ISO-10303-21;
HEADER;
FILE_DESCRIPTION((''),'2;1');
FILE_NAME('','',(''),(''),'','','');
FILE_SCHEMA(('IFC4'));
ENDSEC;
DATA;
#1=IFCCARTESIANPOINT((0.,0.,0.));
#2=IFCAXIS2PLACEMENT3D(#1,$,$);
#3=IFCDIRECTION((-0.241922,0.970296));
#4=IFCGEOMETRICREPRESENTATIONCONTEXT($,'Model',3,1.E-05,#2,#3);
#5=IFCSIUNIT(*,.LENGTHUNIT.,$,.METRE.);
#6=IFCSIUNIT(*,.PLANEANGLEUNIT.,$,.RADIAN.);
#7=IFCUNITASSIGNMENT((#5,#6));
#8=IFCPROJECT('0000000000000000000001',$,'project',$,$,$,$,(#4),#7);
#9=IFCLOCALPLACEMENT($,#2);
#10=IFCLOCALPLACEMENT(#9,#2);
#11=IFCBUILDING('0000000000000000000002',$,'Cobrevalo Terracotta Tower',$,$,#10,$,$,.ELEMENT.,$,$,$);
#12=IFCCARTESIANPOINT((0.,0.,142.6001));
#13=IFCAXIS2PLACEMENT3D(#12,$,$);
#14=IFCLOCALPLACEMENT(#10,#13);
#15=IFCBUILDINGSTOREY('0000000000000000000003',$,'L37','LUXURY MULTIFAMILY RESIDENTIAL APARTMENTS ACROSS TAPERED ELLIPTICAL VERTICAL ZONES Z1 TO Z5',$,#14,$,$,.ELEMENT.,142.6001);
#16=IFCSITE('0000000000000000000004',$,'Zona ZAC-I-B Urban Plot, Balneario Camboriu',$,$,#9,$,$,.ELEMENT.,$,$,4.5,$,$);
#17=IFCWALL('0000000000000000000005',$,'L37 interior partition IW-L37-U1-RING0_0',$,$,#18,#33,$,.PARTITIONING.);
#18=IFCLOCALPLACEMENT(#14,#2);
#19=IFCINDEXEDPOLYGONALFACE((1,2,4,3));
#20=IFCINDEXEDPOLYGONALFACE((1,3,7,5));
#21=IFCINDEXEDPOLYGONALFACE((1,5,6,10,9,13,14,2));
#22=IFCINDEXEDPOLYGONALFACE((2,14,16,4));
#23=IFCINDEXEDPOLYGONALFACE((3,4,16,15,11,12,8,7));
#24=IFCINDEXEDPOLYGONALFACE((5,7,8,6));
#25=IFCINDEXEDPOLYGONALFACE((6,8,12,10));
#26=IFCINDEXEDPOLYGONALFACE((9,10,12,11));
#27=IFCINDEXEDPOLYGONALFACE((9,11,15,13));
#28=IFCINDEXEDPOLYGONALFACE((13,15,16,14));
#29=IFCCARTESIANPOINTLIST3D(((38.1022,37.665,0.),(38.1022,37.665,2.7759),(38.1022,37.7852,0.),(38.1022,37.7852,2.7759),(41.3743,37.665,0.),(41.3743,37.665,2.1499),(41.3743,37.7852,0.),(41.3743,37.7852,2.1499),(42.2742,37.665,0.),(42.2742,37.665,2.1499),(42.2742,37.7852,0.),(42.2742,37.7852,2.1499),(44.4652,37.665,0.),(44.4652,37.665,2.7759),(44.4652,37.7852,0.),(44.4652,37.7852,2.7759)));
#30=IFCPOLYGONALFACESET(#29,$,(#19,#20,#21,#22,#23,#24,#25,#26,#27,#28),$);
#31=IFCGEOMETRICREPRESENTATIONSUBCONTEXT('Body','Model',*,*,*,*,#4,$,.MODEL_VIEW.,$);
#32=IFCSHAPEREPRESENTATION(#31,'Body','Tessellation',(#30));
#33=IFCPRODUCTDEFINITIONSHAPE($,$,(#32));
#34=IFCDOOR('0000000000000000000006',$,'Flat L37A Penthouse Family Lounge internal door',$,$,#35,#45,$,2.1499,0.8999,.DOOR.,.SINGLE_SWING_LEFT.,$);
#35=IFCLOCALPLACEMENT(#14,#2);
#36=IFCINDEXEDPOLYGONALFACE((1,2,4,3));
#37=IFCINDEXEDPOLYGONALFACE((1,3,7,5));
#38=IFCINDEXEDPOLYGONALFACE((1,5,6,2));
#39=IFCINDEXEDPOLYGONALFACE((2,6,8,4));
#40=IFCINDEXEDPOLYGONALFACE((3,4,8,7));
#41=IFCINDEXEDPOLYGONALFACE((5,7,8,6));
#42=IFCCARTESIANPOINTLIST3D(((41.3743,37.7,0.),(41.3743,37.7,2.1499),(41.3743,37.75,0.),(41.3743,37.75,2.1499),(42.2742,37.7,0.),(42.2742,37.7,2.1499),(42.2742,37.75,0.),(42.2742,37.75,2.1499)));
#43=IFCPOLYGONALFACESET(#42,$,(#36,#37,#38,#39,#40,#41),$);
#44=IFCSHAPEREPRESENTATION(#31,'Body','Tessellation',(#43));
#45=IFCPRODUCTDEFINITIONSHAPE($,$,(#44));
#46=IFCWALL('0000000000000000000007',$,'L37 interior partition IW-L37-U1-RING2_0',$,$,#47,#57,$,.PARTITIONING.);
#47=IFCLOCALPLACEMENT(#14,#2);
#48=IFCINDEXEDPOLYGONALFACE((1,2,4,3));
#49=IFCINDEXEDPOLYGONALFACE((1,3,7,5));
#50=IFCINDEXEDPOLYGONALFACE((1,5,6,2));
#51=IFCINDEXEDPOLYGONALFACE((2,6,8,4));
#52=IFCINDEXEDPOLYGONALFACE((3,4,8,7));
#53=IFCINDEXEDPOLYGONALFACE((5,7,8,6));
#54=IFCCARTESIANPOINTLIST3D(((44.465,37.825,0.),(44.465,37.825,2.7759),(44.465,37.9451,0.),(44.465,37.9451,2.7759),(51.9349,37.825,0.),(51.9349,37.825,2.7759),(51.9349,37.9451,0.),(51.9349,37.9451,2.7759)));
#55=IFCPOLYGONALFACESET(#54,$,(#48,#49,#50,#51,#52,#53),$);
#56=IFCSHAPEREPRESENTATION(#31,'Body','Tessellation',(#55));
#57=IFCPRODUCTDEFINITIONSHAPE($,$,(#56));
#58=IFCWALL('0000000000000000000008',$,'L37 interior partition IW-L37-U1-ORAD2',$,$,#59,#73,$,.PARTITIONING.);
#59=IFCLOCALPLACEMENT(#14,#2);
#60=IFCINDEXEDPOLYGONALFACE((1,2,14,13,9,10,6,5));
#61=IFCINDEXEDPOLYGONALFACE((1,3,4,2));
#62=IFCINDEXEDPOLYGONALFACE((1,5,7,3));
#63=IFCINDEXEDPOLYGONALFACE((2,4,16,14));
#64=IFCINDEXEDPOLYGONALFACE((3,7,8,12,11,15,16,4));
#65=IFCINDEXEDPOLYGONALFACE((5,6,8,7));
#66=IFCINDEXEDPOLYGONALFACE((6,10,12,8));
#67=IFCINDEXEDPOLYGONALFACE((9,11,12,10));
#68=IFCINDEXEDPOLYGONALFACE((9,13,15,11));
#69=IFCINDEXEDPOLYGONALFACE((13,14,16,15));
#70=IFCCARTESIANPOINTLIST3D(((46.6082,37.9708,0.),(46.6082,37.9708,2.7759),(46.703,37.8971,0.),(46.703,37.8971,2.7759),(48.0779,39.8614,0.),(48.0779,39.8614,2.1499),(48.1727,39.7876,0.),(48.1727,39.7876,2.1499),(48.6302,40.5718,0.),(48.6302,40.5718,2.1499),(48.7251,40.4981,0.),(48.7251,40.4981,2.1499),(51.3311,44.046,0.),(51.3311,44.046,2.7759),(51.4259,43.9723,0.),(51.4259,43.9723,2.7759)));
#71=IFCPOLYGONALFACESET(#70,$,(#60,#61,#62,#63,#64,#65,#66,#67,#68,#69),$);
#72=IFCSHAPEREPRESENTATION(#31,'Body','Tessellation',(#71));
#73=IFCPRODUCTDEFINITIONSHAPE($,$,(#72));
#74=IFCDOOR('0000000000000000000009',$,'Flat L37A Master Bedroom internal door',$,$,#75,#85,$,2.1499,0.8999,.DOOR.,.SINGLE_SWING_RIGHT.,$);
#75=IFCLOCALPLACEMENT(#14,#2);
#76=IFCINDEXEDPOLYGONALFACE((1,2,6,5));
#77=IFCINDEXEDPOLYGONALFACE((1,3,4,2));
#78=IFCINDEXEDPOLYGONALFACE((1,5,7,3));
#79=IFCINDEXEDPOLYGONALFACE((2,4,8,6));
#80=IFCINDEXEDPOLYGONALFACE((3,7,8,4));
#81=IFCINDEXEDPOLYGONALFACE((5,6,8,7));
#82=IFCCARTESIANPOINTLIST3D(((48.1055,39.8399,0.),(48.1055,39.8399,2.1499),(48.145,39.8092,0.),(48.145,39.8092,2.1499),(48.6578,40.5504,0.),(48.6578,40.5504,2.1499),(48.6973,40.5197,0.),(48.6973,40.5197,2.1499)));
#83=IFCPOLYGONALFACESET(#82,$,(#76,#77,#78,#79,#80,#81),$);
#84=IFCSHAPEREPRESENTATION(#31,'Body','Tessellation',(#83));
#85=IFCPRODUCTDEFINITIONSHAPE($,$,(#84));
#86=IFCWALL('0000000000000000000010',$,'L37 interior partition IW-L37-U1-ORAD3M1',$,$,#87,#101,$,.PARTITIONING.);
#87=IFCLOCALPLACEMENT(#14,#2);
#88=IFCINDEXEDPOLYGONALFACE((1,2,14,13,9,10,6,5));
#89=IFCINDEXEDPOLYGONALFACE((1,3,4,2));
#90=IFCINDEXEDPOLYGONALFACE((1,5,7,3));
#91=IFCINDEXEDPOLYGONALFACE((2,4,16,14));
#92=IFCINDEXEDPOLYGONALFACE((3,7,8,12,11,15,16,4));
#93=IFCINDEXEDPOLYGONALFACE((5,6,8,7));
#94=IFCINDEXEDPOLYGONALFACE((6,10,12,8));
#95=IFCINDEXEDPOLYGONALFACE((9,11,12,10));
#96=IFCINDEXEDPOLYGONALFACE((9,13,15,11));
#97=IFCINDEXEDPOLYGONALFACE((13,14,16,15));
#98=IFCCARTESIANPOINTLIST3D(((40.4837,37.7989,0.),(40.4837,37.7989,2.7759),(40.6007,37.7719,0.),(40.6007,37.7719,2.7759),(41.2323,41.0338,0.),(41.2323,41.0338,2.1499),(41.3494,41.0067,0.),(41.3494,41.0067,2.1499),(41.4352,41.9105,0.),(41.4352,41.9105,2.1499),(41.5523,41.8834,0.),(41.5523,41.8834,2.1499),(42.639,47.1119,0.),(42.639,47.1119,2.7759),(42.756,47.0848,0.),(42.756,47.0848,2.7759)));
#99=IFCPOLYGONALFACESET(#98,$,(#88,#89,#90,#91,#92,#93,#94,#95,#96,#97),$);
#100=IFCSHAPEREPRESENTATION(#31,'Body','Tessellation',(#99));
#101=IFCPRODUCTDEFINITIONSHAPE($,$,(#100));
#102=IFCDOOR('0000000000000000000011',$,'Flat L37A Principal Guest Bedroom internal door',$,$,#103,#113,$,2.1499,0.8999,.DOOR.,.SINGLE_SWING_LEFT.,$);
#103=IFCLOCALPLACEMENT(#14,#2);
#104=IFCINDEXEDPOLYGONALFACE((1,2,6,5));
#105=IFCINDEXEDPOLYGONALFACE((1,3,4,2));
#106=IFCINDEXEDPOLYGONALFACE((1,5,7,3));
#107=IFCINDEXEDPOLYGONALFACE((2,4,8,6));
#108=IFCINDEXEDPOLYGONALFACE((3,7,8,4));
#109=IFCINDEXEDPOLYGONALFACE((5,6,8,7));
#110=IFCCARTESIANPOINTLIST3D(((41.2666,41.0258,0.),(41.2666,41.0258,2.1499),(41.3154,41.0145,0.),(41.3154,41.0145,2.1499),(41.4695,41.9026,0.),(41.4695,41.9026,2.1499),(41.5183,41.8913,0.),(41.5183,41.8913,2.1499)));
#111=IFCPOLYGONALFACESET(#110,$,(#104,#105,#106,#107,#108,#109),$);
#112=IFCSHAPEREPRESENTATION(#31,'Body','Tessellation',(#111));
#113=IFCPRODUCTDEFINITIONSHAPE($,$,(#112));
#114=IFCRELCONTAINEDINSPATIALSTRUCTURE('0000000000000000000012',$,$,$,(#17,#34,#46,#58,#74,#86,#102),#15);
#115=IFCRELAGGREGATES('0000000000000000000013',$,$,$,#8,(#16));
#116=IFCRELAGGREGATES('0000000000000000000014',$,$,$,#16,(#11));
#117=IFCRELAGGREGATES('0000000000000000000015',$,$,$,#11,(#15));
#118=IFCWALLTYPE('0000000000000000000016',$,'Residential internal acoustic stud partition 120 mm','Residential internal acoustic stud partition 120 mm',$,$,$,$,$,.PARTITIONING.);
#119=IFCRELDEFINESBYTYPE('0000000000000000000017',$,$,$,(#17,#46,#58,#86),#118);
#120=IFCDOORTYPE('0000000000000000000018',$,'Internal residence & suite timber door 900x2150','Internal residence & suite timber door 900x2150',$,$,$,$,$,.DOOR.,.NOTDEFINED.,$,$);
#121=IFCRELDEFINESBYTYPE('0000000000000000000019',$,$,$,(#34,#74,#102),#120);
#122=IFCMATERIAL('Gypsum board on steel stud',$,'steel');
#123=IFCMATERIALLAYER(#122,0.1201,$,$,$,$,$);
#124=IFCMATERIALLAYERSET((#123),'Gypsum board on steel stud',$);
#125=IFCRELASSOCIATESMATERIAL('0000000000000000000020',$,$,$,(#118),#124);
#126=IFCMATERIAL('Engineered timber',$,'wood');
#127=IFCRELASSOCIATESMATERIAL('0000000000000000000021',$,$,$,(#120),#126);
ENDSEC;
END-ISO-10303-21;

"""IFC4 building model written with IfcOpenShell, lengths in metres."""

from ifc_helpers import new_model, si_unit, direction, frame, frame_2d, origin, place, context, subcontext, project, spatial, rectangle, extrude, source, transform, mapped, material, layer, layer_set, type_object, element, fill, save


model = new_model("IFC4")

# Units and contexts
model_context = context("Model", 3, precision=1e-05, world=origin(), true_north=direction((-0.241922, 0.970296)))
body_context = subcontext(model_context, "Body", "Model", "MODEL_VIEW")
ifc_project = project(units=[si_unit("LENGTHUNIT", "METRE"), si_unit("PLANEANGLEUNIT", "RADIAN")], contexts=[model_context])

# Site, building, storey
site_placement = place(None, origin())
site = spatial("IfcSite", under=ifc_project, at=site_placement, Name="Zona ZAC-I-B Urban Plot, Balneario Camboriu", CompositionType="ELEMENT", RefElevation=4.5)
building_placement = place(site_placement, origin())
building = spatial("IfcBuilding", under=site, at=building_placement, Name="Cobrevalo Terracotta Tower", CompositionType="ELEMENT")
storey_placement = place(building_placement, frame((0.0, 0.0, 142.6001)))
storey = spatial("IfcBuildingStorey", under=building, at=storey_placement, Name="L37", Description="LUXURY MULTIFAMILY RESIDENTIAL APARTMENTS ACROSS TAPERED ELLIPTICAL VERTICAL ZONES Z1 TO Z5", CompositionType="ELEMENT", Elevation=142.6001)

# Wall, opening, door
ifc_material_1 = material(Name="Gypsum board on steel stud", Category="steel")
ifc_layer_1 = layer(ifc_material_1, 0.1201)
ifc_layer_set_1 = layer_set([ifc_layer_1], Name="Gypsum board on steel stud")
wall_type_1 = type_object("IfcWallType", Name="Residential internal acoustic stud partition 120 mm", Description="Residential internal acoustic stud partition 120 mm", PredefinedType="PARTITIONING", material=ifc_layer_set_1)
wall_1_placement = place(storey_placement, frame((38.1021, 37.7251, 0.0), z_axis=(0.0, 0.0, 1.0), x_axis=(1.0, 0.0, 0.0)))
wall_1 = element("IfcWall", 1, at=wall_1_placement, inside=storey, type_object=wall_type_1, Name="L37 interior partition IW-L37-U1-RING0_0", PredefinedType="PARTITIONING", context=body_context, shape_type="SweptSolid", body=[
    extrude(rectangle(XDim=6.363, YDim=0.1201, at=frame_2d((3.1816, 0.0))), origin(), (0.0, 0.0, 1.0), 2.7759),
])
opening_1_placement = place(wall_1_placement, frame((3.2722, 0.0, 0.0)))
opening_1 = element("IfcOpeningElement", 2, at=opening_1_placement, cuts=wall_1, PredefinedType="OPENING", context=body_context, shape_type="SweptSolid", body=[
    extrude(rectangle(XDim=0.8999, YDim=2.1499, at=frame_2d((0.45, 1.075))), frame((0.0, 0.0701, 0.0), z_axis=(0.0, -1.0, 0.0), x_axis=(1.0, 0.0, 0.0)), (0.0, 0.0, 1.0), 0.1401),
])
ifc_material_2 = material(Name="Engineered timber", Category="wood")
door_type_1 = type_object("IfcDoorType", Name="Internal residence & suite timber door 900x2150", Description="Internal residence & suite timber door 900x2150", OperationType="NOTDEFINED", PredefinedType="DOOR", material=ifc_material_2)
shared_shape_1 = source(origin(), body_context, "Body", "SweptSolid", [
    extrude(rectangle(XDim=0.8999, YDim=2.1499, at=frame_2d((0.45, 1.075))), frame((0.0, 0.0249, 0.0), z_axis=(0.0, -1.0, 0.0), x_axis=(1.0, 0.0, 0.0)), (0.0, 0.0, 1.0), 0.05),
])
door_1_placement = place(opening_1_placement, origin())
door_1 = element("IfcDoor", 3, at=door_1_placement, inside=storey, type_object=door_type_1, Name="Flat L37A Penthouse Family Lounge internal door", OperationType="SINGLE_SWING_LEFT", OverallHeight=2.1499, OverallWidth=0.8999, PredefinedType="DOOR", context=body_context, shape_type="MappedRepresentation", body=[
    mapped(shared_shape_1, transform((0.0, 0.0, 0.0), scale=1.0)),
])
fill(opening_1, door_1)

# Wall
wall_2_placement = place(storey_placement, frame((44.4651, 37.885, 0.0), z_axis=(0.0, 0.0, 1.0), x_axis=(1.0, 0.0, 0.0)))
element("IfcWall", 4, at=wall_2_placement, inside=storey, type_object=wall_type_1, Name="L37 interior partition IW-L37-U1-RING2_0", PredefinedType="PARTITIONING", context=body_context, shape_type="SweptSolid", body=[
    extrude(rectangle(XDim=7.47, YDim=0.1201, at=frame_2d((3.7349, 0.0))), origin(), (0.0, 0.0, 1.0), 2.7759),
])

# Walls, openings, doors
wall_3_placement = place(storey_placement, frame((46.6555, 37.9338, 0.0), z_axis=(0.0, 0.0, 1.0), x_axis=(0.613758, 0.789494, 0.0)))
wall_3 = element("IfcWall", 5, at=wall_3_placement, inside=storey, type_object=wall_type_1, Name="L37 interior partition IW-L37-U1-ORAD2", PredefinedType="PARTITIONING", context=body_context, shape_type="SweptSolid", body=[
    extrude(rectangle(XDim=7.6951, YDim=0.1201, at=frame_2d((3.8477, 0.0))), origin(), (0.0, 0.0, 1.0), 2.7759),
])
opening_2_placement = place(wall_3_placement, frame((2.3948, 0.0, 0.0)))
opening_2 = element("IfcOpeningElement", 6, at=opening_2_placement, cuts=wall_3, PredefinedType="OPENING", context=body_context, shape_type="SweptSolid", body=[
    extrude(rectangle(XDim=0.8999, YDim=2.1499, at=frame_2d((0.45, 1.075))), frame((0.0, 0.0701, 0.0), z_axis=(0.0, -1.0, 0.0), x_axis=(1.0, 0.0, 0.0)), (0.0, 0.0, 1.0), 0.1401),
])
door_2_placement = place(opening_2_placement, frame((0.8999, 0.0, 0.0), z_axis=(0.0, 0.0, 1.0), x_axis=(-1.0, 0.0, 0.0)))
door_2 = element("IfcDoor", 7, at=door_2_placement, inside=storey, type_object=door_type_1, Name="Flat L37A Master Bedroom internal door", OperationType="SINGLE_SWING_RIGHT", OverallHeight=2.1499, OverallWidth=0.8999, PredefinedType="DOOR", context=body_context, shape_type="MappedRepresentation", body=[
    mapped(shared_shape_1, transform((0.0, 0.0, 0.0), scale=1.0)),
])
fill(opening_2, door_2)
wall_4_placement = place(storey_placement, frame((40.5422, 37.7854, 0.0), z_axis=(0.0, 0.0, 1.0), x_axis=(0.225468, 0.974251, 0.0)))
wall_4 = element("IfcWall", 8, at=wall_4_placement, inside=storey, type_object=wall_type_1, Name="L37 interior partition IW-L37-U1-ORAD3M1", PredefinedType="PARTITIONING", context=body_context, shape_type="SweptSolid", body=[
    extrude(rectangle(XDim=9.5591, YDim=0.1201, at=frame_2d((4.7795, 0.0))), origin(), (0.0, 0.0, 1.0), 2.7759),
])
opening_3_placement = place(wall_4_placement, frame((3.3203, 0.0, 0.0)))
opening_3 = element("IfcOpeningElement", 9, at=opening_3_placement, cuts=wall_4, PredefinedType="OPENING", context=body_context, shape_type="SweptSolid", body=[
    extrude(rectangle(XDim=0.8999, YDim=2.1499, at=frame_2d((0.45, 1.075))), frame((0.0, 0.0701, 0.0), z_axis=(0.0, -1.0, 0.0), x_axis=(1.0, 0.0, 0.0)), (0.0, 0.0, 1.0), 0.1401),
])
door_3_placement = place(opening_3_placement, origin())
door_3 = element("IfcDoor", 10, at=door_3_placement, inside=storey, type_object=door_type_1, Name="Flat L37A Principal Guest Bedroom internal door", OperationType="SINGLE_SWING_LEFT", OverallHeight=2.1499, OverallWidth=0.8999, PredefinedType="DOOR", context=body_context, shape_type="MappedRepresentation", body=[
    mapped(shared_shape_1, transform((0.0, 0.0, 0.0), scale=1.0)),
])
fill(opening_3, door_3)

save(model, "model.ifc")
